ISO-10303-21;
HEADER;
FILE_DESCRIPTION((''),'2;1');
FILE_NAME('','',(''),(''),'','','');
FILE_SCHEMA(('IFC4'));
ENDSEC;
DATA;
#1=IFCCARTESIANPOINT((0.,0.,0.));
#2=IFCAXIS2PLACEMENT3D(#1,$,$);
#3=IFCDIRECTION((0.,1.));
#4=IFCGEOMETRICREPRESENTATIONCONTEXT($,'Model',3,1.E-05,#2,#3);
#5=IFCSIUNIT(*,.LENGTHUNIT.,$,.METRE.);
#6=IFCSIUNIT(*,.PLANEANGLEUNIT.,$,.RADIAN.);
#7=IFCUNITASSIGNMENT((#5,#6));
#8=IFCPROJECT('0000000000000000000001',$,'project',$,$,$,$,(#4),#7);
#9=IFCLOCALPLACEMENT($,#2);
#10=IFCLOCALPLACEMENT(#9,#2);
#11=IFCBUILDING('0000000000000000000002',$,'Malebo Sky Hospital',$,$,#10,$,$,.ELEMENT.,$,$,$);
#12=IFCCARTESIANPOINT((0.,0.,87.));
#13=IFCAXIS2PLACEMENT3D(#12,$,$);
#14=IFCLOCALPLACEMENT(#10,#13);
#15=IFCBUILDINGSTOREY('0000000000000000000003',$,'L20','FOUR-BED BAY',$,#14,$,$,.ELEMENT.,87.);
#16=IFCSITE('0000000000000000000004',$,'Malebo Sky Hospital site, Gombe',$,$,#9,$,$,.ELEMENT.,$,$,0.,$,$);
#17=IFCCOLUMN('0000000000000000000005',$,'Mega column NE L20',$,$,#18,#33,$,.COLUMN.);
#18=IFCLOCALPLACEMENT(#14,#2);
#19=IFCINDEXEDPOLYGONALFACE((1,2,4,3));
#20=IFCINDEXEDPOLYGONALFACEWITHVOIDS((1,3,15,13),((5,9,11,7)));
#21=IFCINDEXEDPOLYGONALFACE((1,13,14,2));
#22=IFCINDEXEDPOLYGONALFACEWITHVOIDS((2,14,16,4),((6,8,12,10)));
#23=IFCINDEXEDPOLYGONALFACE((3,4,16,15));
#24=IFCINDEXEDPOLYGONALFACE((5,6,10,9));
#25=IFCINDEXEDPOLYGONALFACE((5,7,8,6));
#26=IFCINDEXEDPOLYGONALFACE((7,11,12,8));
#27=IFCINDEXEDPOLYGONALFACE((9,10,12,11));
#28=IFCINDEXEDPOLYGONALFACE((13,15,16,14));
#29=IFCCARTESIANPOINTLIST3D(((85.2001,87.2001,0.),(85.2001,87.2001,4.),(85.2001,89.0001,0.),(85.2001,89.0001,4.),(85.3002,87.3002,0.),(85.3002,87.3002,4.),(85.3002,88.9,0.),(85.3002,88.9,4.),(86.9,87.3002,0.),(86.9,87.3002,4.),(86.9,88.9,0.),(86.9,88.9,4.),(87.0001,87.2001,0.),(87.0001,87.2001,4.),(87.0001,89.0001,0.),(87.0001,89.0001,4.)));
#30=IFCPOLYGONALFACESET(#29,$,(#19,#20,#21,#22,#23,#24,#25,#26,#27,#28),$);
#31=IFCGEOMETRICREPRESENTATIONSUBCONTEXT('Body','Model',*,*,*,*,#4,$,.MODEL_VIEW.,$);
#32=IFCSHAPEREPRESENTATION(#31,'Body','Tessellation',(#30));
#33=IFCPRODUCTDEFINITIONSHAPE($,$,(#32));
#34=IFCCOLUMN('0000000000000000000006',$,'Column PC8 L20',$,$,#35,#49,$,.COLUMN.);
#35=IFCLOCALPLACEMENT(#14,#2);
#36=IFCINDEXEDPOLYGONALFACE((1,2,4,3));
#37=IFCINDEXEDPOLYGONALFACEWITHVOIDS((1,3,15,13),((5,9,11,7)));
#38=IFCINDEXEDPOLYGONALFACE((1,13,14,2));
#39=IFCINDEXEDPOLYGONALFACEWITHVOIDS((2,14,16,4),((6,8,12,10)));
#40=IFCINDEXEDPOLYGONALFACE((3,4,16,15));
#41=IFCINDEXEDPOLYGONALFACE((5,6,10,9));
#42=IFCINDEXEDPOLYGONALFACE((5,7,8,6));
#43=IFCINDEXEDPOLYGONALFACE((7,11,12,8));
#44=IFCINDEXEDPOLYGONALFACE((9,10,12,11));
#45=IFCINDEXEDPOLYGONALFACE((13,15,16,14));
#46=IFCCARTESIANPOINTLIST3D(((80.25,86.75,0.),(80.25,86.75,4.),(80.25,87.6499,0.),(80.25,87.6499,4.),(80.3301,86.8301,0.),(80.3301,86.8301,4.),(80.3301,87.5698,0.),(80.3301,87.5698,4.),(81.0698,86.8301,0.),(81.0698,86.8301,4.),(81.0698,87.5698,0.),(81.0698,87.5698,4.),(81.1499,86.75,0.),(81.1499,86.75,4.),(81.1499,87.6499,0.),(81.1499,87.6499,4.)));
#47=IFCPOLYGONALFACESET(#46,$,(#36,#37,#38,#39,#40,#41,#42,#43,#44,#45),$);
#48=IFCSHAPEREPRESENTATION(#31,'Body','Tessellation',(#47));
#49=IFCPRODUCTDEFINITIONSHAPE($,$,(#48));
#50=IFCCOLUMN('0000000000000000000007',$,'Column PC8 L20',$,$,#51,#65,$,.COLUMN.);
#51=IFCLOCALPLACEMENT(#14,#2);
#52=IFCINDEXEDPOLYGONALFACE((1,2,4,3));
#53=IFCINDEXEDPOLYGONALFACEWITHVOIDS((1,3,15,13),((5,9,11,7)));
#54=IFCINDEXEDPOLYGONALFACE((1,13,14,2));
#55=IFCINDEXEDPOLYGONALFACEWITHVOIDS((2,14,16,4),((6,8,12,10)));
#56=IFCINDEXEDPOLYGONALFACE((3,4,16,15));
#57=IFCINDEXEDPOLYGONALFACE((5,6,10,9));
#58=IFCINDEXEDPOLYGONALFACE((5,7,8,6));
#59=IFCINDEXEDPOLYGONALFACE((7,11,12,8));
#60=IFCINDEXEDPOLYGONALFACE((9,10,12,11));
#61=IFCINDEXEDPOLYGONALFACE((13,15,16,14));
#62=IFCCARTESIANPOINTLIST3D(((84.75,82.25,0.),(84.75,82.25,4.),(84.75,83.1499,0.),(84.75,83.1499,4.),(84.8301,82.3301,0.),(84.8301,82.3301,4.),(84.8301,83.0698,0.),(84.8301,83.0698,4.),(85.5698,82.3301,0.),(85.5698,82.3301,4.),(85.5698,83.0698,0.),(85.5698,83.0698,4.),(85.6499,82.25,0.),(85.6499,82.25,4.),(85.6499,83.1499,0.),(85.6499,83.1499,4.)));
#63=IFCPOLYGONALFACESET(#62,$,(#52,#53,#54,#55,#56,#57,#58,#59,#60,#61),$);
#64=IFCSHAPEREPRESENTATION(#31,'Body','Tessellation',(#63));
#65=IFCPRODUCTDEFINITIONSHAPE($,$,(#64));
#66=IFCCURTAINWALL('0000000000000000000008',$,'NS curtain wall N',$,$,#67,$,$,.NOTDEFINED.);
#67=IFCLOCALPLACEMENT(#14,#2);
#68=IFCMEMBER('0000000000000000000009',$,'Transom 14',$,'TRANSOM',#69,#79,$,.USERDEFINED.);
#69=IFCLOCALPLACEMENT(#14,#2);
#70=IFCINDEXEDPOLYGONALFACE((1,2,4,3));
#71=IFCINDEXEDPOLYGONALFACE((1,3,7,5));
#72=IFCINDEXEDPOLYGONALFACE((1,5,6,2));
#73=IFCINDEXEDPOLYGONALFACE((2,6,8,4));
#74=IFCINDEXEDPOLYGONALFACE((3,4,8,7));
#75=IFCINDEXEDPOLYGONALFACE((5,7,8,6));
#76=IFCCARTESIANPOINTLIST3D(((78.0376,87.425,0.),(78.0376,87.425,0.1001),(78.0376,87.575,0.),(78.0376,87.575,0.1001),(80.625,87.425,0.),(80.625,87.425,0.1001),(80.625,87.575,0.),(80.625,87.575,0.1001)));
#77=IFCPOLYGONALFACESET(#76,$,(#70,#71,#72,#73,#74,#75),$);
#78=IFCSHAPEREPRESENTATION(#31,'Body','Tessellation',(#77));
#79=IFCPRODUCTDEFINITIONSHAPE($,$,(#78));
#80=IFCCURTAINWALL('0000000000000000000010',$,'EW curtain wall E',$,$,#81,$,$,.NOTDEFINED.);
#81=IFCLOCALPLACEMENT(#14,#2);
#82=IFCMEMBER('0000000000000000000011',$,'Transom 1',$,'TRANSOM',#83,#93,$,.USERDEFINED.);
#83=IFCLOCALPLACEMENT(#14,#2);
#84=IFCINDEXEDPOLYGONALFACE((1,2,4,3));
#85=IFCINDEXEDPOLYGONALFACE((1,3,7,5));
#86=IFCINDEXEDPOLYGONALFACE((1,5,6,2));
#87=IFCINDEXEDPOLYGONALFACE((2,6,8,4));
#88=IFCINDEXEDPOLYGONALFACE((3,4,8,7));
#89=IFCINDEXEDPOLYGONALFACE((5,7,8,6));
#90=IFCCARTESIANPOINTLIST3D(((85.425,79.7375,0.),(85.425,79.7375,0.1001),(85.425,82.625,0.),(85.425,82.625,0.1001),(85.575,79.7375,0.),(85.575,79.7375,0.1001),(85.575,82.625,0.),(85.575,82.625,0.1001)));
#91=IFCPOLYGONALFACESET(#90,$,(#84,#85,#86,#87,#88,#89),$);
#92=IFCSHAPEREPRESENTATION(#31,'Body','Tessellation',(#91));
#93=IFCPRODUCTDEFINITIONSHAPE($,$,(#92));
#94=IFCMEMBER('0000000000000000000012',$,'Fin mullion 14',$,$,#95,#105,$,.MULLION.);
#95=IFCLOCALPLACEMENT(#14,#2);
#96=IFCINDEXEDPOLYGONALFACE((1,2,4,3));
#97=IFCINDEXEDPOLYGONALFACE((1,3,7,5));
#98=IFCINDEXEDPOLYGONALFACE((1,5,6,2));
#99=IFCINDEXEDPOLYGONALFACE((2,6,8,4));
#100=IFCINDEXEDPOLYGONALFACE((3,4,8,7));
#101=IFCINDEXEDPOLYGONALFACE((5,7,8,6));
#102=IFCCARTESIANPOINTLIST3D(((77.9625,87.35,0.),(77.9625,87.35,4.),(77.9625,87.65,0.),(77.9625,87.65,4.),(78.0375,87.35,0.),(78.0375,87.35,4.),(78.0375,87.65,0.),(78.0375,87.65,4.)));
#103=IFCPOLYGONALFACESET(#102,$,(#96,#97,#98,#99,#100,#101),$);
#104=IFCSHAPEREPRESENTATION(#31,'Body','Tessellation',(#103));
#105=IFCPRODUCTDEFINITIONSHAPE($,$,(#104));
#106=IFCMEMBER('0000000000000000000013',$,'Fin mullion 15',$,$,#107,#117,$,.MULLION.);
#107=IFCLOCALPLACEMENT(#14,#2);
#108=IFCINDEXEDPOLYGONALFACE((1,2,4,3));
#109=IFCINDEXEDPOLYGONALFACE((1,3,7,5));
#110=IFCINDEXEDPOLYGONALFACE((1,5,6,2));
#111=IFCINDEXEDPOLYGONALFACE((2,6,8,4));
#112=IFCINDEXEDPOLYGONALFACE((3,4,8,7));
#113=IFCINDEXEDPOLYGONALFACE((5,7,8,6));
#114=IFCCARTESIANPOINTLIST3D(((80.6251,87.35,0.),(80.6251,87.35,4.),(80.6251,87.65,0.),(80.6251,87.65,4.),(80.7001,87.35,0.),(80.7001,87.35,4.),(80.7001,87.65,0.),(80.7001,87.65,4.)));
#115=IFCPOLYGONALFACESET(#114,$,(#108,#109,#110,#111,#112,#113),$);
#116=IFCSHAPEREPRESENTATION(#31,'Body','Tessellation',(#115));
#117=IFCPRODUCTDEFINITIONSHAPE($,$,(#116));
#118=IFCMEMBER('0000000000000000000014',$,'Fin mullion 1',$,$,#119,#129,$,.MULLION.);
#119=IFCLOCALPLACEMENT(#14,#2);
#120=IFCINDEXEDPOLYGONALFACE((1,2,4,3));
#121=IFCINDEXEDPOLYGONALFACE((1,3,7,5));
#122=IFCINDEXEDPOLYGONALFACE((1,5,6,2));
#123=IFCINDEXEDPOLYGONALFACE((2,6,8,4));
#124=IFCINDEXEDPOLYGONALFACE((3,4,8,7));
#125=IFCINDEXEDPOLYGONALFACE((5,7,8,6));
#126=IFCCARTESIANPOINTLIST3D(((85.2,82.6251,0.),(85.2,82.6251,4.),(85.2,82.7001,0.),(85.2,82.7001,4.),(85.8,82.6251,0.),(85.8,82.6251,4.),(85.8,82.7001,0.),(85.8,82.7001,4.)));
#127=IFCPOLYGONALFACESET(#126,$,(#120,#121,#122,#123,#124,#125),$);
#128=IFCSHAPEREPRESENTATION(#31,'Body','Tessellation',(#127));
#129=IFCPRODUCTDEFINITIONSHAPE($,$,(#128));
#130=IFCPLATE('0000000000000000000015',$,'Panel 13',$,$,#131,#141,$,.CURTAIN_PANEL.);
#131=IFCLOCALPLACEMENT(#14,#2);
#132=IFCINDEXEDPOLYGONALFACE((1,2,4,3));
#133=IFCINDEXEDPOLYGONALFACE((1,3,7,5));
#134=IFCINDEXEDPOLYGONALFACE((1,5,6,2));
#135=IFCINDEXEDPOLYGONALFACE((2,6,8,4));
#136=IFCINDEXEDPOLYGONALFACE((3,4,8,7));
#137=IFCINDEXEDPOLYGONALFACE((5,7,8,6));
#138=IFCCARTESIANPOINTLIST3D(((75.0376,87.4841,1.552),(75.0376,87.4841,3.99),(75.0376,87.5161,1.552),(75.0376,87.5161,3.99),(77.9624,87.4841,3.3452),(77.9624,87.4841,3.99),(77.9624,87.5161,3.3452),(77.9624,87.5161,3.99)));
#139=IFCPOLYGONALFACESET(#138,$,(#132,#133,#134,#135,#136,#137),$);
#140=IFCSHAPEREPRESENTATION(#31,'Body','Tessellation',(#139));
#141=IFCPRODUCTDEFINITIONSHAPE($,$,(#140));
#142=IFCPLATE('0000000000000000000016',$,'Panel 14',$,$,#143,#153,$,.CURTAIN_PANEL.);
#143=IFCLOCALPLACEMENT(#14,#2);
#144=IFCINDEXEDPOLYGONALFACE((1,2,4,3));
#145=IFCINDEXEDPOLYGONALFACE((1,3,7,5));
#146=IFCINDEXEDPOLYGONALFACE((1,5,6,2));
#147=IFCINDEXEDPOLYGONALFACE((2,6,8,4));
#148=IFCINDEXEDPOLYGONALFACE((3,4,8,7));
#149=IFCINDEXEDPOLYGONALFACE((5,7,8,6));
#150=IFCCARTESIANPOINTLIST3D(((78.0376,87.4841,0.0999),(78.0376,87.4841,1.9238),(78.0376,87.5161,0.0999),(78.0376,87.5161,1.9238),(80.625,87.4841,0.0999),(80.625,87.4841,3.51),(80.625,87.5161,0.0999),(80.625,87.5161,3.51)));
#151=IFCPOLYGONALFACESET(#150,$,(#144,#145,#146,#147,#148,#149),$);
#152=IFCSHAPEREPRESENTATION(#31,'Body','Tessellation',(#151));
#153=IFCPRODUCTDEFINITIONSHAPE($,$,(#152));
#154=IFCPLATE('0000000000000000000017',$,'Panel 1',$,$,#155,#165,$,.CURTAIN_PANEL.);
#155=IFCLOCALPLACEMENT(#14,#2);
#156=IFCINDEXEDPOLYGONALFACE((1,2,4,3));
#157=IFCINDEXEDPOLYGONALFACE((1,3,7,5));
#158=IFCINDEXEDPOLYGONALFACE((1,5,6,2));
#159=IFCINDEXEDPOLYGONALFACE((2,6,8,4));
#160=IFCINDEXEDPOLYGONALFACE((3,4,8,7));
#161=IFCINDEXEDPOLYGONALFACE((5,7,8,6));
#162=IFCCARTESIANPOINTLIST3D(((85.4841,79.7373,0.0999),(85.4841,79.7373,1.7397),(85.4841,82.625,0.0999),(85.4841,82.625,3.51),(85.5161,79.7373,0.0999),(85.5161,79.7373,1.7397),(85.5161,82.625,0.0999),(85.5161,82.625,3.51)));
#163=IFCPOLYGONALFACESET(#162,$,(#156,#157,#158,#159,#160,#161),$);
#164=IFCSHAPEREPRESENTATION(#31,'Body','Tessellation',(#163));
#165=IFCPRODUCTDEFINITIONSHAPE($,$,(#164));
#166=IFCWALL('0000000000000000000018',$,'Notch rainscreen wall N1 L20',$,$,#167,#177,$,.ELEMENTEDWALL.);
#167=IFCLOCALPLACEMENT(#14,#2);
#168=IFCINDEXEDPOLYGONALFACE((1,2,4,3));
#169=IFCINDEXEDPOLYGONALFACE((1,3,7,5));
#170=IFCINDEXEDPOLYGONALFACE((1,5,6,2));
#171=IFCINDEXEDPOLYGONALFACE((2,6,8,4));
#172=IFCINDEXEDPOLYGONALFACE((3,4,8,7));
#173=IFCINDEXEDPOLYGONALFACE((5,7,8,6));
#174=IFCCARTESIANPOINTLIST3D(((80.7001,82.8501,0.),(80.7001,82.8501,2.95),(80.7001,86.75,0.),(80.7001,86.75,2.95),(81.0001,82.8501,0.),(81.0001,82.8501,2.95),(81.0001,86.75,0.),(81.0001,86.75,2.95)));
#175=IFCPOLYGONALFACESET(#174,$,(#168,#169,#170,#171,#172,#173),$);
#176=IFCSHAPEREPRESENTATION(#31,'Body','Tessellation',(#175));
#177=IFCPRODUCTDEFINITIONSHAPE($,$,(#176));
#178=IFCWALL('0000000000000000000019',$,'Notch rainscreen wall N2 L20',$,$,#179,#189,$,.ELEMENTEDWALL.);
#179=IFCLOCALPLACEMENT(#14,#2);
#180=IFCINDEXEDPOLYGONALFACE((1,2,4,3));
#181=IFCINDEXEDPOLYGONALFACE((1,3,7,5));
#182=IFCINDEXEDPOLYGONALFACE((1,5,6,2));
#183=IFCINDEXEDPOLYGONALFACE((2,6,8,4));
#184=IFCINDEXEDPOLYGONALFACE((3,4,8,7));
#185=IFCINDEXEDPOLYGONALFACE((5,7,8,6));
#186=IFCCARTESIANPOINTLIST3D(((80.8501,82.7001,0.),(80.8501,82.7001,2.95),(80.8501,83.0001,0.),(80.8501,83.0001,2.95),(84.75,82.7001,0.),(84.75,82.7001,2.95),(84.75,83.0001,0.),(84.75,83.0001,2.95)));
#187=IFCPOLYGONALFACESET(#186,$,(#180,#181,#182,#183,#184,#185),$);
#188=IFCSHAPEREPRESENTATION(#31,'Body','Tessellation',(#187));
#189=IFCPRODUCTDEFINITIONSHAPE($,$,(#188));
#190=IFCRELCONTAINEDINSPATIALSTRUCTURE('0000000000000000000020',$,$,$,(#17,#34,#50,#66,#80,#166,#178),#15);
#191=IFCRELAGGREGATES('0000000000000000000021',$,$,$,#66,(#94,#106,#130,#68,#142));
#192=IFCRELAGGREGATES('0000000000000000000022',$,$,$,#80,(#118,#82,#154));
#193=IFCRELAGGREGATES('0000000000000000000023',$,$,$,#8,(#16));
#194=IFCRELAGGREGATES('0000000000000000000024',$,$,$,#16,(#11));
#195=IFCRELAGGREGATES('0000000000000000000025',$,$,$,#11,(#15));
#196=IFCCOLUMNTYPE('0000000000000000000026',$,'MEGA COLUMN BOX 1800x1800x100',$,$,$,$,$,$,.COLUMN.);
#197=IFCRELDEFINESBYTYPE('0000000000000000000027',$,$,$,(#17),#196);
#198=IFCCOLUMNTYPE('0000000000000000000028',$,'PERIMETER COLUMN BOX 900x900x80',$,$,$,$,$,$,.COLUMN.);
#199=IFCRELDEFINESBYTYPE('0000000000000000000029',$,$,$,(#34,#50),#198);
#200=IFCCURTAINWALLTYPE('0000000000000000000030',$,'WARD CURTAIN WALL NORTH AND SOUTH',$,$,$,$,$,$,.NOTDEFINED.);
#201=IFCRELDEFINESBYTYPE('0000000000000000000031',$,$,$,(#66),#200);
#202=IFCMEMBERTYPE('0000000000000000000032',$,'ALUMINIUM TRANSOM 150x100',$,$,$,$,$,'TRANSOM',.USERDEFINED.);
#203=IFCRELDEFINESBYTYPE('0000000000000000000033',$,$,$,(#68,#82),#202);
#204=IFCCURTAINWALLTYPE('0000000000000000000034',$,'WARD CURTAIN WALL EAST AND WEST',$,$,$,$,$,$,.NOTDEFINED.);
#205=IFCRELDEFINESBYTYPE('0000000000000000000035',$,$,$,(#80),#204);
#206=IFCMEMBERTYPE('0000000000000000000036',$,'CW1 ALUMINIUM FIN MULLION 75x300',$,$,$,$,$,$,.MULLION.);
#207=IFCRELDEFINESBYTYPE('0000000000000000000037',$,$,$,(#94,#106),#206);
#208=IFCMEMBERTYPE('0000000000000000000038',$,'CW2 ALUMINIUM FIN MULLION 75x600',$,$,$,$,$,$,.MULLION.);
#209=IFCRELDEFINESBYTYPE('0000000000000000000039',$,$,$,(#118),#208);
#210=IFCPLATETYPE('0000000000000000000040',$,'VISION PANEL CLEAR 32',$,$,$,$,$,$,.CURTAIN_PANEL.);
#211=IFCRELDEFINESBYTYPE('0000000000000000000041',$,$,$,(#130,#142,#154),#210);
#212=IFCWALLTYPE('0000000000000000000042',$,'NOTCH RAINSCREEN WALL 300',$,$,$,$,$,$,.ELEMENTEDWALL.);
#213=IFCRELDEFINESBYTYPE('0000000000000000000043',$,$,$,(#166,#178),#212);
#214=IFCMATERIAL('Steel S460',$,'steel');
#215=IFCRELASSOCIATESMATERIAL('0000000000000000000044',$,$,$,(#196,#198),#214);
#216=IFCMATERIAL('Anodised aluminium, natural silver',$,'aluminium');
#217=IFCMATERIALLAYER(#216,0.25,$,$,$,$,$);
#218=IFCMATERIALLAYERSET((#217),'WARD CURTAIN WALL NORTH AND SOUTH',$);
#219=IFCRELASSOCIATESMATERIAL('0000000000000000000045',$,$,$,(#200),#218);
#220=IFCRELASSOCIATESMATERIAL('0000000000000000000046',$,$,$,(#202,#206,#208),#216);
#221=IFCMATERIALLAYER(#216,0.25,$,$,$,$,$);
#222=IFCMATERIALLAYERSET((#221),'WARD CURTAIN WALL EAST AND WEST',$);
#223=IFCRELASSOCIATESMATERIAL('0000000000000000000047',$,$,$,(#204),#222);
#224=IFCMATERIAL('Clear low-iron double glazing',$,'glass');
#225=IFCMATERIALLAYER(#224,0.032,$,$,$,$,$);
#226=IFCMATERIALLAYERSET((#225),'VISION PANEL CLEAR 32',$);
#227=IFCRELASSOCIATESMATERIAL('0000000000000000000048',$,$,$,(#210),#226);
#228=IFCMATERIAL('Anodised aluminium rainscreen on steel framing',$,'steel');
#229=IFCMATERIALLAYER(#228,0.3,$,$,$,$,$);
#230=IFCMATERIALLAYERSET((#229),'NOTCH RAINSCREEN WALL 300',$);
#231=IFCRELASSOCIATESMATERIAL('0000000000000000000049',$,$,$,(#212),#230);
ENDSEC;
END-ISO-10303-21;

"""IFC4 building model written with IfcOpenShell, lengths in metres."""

from ifc_helpers import new_model, si_unit, direction, frame, frame_2d, origin, origin_2d, place, context, subcontext, project, spatial, polyline, rectangle, hollow_rectangle, outline, extrude, material, layer, layer_set, material_profile, profile_set, type_object, element, aggregate, save


model = new_model("IFC4")

# Units and contexts
model_context = context("Model", 3, precision=1e-05, world=origin(), true_north=direction((0.0, 1.0)))
body_context = subcontext(model_context, "Body", "Model", "MODEL_VIEW")
ifc_project = project(units=[si_unit("LENGTHUNIT", "METRE"), si_unit("PLANEANGLEUNIT", "RADIAN")], contexts=[model_context])

# Site, building, storey
site_placement = place(None, origin())
site = spatial("IfcSite", under=ifc_project, at=site_placement, Name="Malebo Sky Hospital site, Gombe", CompositionType="ELEMENT", RefElevation=0.0)
building_placement = place(site_placement, origin())
building = spatial("IfcBuilding", under=site, at=building_placement, Name="Malebo Sky Hospital", CompositionType="ELEMENT")
storey_placement = place(building_placement, frame((0.0, 0.0, 87.0)))
storey = spatial("IfcBuildingStorey", under=building, at=storey_placement, Name="L20", Description="FOUR-BED BAY", CompositionType="ELEMENT", Elevation=87.0)

# Columns
ifc_material_1 = material(Name="Steel S460", Category="steel")
ifc_material_profile_1 = material_profile(ifc_material_1, hollow_rectangle(XDim=1.8, YDim=1.8, WallThickness=0.1001, at=origin_2d()), Name="BOX 1800x1800x100")
ifc_profile_set_1 = profile_set([ifc_material_profile_1], Name="Steel S460")
column_type_1 = type_object("IfcColumnType", Name="MEGA COLUMN BOX 1800x1800x100", PredefinedType="COLUMN", material=ifc_profile_set_1)
column_placement = place(storey_placement, frame((86.1001, 88.1001, 0.0), z_axis=(0.0, 0.0, 1.0), x_axis=(1.0, 0.0, 0.0)))
element("IfcColumn", 1, at=column_placement, inside=storey, type_object=column_type_1, Name="Mega column NE L20", PredefinedType="COLUMN", context=body_context, shape_type="SweptSolid", body=[
    extrude(hollow_rectangle(XDim=1.8, YDim=1.8, WallThickness=0.1001, at=origin_2d()), origin(), (0.0, 0.0, 1.0), 4.0),
])
ifc_material_profile_2 = material_profile(ifc_material_1, hollow_rectangle(XDim=0.8999, YDim=0.8999, WallThickness=0.0801, at=origin_2d()), Name="BOX 900x900x80")
ifc_profile_set_2 = profile_set([ifc_material_profile_2], Name="Steel S460")
column_type_2 = type_object("IfcColumnType", Name="PERIMETER COLUMN BOX 900x900x80", PredefinedType="COLUMN", material=ifc_profile_set_2)
for number, where, z_axis, x_axis, name in (
    (2, (80.7, 87.2, 0.0), (0.0, 0.0, 1.0), (1.0, 0.0, 0.0), "Column PC8 L20"),
    (3, (85.2, 82.7, 0.0), (0.0, 0.0, 1.0), (1.0, 0.0, 0.0), "Column PC8 L20"),
):
    element("IfcColumn", number, at=place(storey_placement, frame(where, z_axis=z_axis, x_axis=x_axis)), inside=storey, type_object=column_type_2, Name=name, PredefinedType="COLUMN", context=body_context, shape_type="SweptSolid", body=[
        extrude(hollow_rectangle(XDim=0.8999, YDim=0.8999, WallThickness=0.0801, at=origin_2d()), origin(), (0.0, 0.0, 1.0), 4.0),
    ])

# Curtain walls, members
ifc_material_2 = material(Name="Anodised aluminium, natural silver", Category="aluminium")
ifc_layer_1 = layer(ifc_material_2, 0.25)
ifc_layer_set_1 = layer_set([ifc_layer_1], Name="WARD CURTAIN WALL NORTH AND SOUTH")
curtain_wall_type_1 = type_object("IfcCurtainWallType", Name="WARD CURTAIN WALL NORTH AND SOUTH", PredefinedType="NOTDEFINED", material=ifc_layer_set_1)
curtain_wall_1_placement = place(storey_placement, origin())
curtain_wall_1 = element("IfcCurtainWall", 4, at=curtain_wall_1_placement, inside=storey, type_object=curtain_wall_type_1, Name="NS curtain wall N", PredefinedType="NOTDEFINED")
ifc_material_profile_3 = material_profile(ifc_material_2, rectangle(XDim=0.1499, YDim=0.1001, at=origin_2d()), Name="ALUMINIUM TRANSOM 150x100")
ifc_profile_set_3 = profile_set([ifc_material_profile_3], Name="Anodised aluminium, natural silver")
member_type_1 = type_object("IfcMemberType", Name="ALUMINIUM TRANSOM 150x100", ElementType="TRANSOM", PredefinedType="USERDEFINED", material=ifc_profile_set_3)
member_1_placement = place(storey_placement, frame((78.0376, 87.5, 0.05), z_axis=(1.0, 0.0, 0.0), x_axis=(0.0, 1.0, 0.0)))
member_1 = element("IfcMember", 5, at=member_1_placement, type_object=member_type_1, Name="Transom 14", ObjectType="TRANSOM", PredefinedType="USERDEFINED", context=body_context, shape_type="SweptSolid", body=[
    extrude(rectangle(XDim=0.1499, YDim=0.1001, at=origin_2d()), origin(), (0.0, 0.0, 1.0), 2.5874),
])
ifc_layer_2 = layer(ifc_material_2, 0.25)
ifc_layer_set_2 = layer_set([ifc_layer_2], Name="WARD CURTAIN WALL EAST AND WEST")
curtain_wall_type_2 = type_object("IfcCurtainWallType", Name="WARD CURTAIN WALL EAST AND WEST", PredefinedType="NOTDEFINED", material=ifc_layer_set_2)
curtain_wall_2_placement = place(storey_placement, origin())
curtain_wall_2 = element("IfcCurtainWall", 6, at=curtain_wall_2_placement, inside=storey, type_object=curtain_wall_type_2, Name="EW curtain wall E", PredefinedType="NOTDEFINED")
member_2_placement = place(storey_placement, frame((85.5, 82.625, 0.05), z_axis=(0.0, -1.0, 0.0), x_axis=(1.0, 0.0, 0.0)))
member_2 = element("IfcMember", 7, at=member_2_placement, type_object=member_type_1, Name="Transom 1", ObjectType="TRANSOM", PredefinedType="USERDEFINED", context=body_context, shape_type="SweptSolid", body=[
    extrude(rectangle(XDim=0.1499, YDim=0.1001, at=origin_2d()), origin(), (0.0, 0.0, 1.0), 2.8875),
])

# Members
ifc_material_profile_4 = material_profile(ifc_material_2, rectangle(XDim=0.075, YDim=0.3, at=origin_2d()), Name="CW1 ALUMINIUM FIN MULLION 75x300")
ifc_profile_set_4 = profile_set([ifc_material_profile_4], Name="Anodised aluminium, natural silver")
member_type_2 = type_object("IfcMemberType", Name="CW1 ALUMINIUM FIN MULLION 75x300", PredefinedType="MULLION", material=ifc_profile_set_4)
member_3_placement = place(storey_placement, frame((78.0, 87.5, 0.0), z_axis=(0.0, 0.0, 1.0), x_axis=(1.0, 0.0, 0.0)))
member_3 = element("IfcMember", 8, at=member_3_placement, type_object=member_type_2, Name="Fin mullion 14", PredefinedType="MULLION", context=body_context, shape_type="SweptSolid", body=[
    extrude(rectangle(XDim=0.075, YDim=0.3, at=origin_2d()), origin(), (0.0, 0.0, 1.0), 4.0),
])
member_4_placement = place(storey_placement, frame((80.6626, 87.5, 0.0), z_axis=(0.0, 0.0, 1.0), x_axis=(1.0, 0.0, 0.0)))
member_4 = element("IfcMember", 9, at=member_4_placement, type_object=member_type_2, Name="Fin mullion 15", PredefinedType="MULLION", context=body_context, shape_type="SweptSolid", body=[
    extrude(rectangle(XDim=0.075, YDim=0.3, at=origin_2d()), origin(), (0.0, 0.0, 1.0), 4.0),
])
ifc_material_profile_5 = material_profile(ifc_material_2, rectangle(XDim=0.075, YDim=0.6001, at=origin_2d()), Name="CW2 ALUMINIUM FIN MULLION 75x600")
ifc_profile_set_5 = profile_set([ifc_material_profile_5], Name="Anodised aluminium, natural silver")
member_type_3 = type_object("IfcMemberType", Name="CW2 ALUMINIUM FIN MULLION 75x600", PredefinedType="MULLION", material=ifc_profile_set_5)
member_5_placement = place(storey_placement, frame((85.5, 82.6626, 0.0), z_axis=(0.0, 0.0, 1.0), x_axis=(0.0, -1.0, 0.0)))
member_5 = element("IfcMember", 10, at=member_5_placement, type_object=member_type_3, Name="Fin mullion 1", PredefinedType="MULLION", context=body_context, shape_type="SweptSolid", body=[
    extrude(rectangle(XDim=0.075, YDim=0.6001, at=origin_2d()), origin(), (0.0, 0.0, 1.0), 4.0),
])

# Plates
ifc_material_3 = material(Name="Clear low-iron double glazing", Category="glass")
ifc_layer_3 = layer(ifc_material_3, 0.032)
ifc_layer_set_3 = layer_set([ifc_layer_3], Name="VISION PANEL CLEAR 32")
plate_type = type_object("IfcPlateType", Name="VISION PANEL CLEAR 32", PredefinedType="CURTAIN_PANEL", material=ifc_layer_set_3)
plate_1_placement = place(storey_placement, frame((76.5, 87.5, 1.552), z_axis=(0.0, 0.0, 1.0), x_axis=(1.0, 0.0, 0.0)))
plate_1 = element("IfcPlate", 11, at=plate_1_placement, type_object=plate_type, Name="Panel 13", PredefinedType="CURTAIN_PANEL", context=body_context, shape_type="SweptSolid", body=[
    extrude(outline(polyline([(-1.4624, 0.0), (1.4624, 1.7932), (1.4624, 2.438), (-1.4624, 2.438), (-1.4624, 0.0)])), frame((0.0, 0.0161, 0.0), z_axis=(0.0, -1.0, 0.0), x_axis=(1.0, 0.0, 0.0)), (0.0, 0.0, 1.0), 0.032),
])
plate_2_placement = place(storey_placement, frame((79.3313, 87.5, 0.0999), z_axis=(0.0, 0.0, 1.0), x_axis=(1.0, 0.0, 0.0)))
plate_2 = element("IfcPlate", 12, at=plate_2_placement, type_object=plate_type, Name="Panel 14", PredefinedType="CURTAIN_PANEL", context=body_context, shape_type="SweptSolid", body=[
    extrude(outline(polyline([(-1.2937, 0.0), (1.2937, 0.0), (1.2937, 3.4102), (-1.2937, 1.824), (-1.2937, 0.0)])), frame((0.0, 0.0161, 0.0), z_axis=(0.0, -1.0, 0.0), x_axis=(1.0, 0.0, 0.0)), (0.0, 0.0, 1.0), 0.032),
])
aggregate(curtain_wall_1, [member_3, member_4, plate_1, member_1, plate_2])
plate_3_placement = place(storey_placement, frame((85.5, 81.1812, 0.0999), z_axis=(0.0, 0.0, 1.0), x_axis=(0.0, -1.0, 0.0)))
plate_3 = element("IfcPlate", 13, at=plate_3_placement, type_object=plate_type, Name="Panel 1", PredefinedType="CURTAIN_PANEL", context=body_context, shape_type="SweptSolid", body=[
    extrude(outline(polyline([(-1.4438, 0.0), (1.4438, 0.0), (1.4438, 1.6399), (-1.4438, 3.4102), (-1.4438, 0.0)])), frame((0.0, 0.0161, 0.0), z_axis=(0.0, -1.0, 0.0), x_axis=(1.0, 0.0, 0.0)), (0.0, 0.0, 1.0), 0.032),
])
aggregate(curtain_wall_2, [member_5, member_2, plate_3])

# Walls
ifc_material_4 = material(Name="Anodised aluminium rainscreen on steel framing", Category="steel")
ifc_layer_4 = layer(ifc_material_4, 0.3)
ifc_layer_set_4 = layer_set([ifc_layer_4], Name="NOTCH RAINSCREEN WALL 300")
wall_type_1 = type_object("IfcWallType", Name="NOTCH RAINSCREEN WALL 300", PredefinedType="ELEMENTEDWALL", material=ifc_layer_set_4)
for number, where, z_axis, x_axis, name in (
    (14, (80.8501, 86.75, 0.0), (0.0, 0.0, 1.0), (0.0, -1.0, 0.0), "Notch rainscreen wall N1 L20"),
    (15, (80.8501, 82.8501, 0.0), (0.0, 0.0, 1.0), (1.0, 0.0, 0.0), "Notch rainscreen wall N2 L20"),
):
    element("IfcWall", number, at=place(storey_placement, frame(where, z_axis=z_axis, x_axis=x_axis)), inside=storey, type_object=wall_type_1, Name=name, PredefinedType="ELEMENTEDWALL", context=body_context, shape_type="SweptSolid", body=[
        extrude(rectangle(XDim=3.8999, YDim=0.3, at=frame_2d((1.95, 0.0))), origin(), (0.0, 0.0, 1.0), 2.95),
    ])

save(model, "model.ifc")
